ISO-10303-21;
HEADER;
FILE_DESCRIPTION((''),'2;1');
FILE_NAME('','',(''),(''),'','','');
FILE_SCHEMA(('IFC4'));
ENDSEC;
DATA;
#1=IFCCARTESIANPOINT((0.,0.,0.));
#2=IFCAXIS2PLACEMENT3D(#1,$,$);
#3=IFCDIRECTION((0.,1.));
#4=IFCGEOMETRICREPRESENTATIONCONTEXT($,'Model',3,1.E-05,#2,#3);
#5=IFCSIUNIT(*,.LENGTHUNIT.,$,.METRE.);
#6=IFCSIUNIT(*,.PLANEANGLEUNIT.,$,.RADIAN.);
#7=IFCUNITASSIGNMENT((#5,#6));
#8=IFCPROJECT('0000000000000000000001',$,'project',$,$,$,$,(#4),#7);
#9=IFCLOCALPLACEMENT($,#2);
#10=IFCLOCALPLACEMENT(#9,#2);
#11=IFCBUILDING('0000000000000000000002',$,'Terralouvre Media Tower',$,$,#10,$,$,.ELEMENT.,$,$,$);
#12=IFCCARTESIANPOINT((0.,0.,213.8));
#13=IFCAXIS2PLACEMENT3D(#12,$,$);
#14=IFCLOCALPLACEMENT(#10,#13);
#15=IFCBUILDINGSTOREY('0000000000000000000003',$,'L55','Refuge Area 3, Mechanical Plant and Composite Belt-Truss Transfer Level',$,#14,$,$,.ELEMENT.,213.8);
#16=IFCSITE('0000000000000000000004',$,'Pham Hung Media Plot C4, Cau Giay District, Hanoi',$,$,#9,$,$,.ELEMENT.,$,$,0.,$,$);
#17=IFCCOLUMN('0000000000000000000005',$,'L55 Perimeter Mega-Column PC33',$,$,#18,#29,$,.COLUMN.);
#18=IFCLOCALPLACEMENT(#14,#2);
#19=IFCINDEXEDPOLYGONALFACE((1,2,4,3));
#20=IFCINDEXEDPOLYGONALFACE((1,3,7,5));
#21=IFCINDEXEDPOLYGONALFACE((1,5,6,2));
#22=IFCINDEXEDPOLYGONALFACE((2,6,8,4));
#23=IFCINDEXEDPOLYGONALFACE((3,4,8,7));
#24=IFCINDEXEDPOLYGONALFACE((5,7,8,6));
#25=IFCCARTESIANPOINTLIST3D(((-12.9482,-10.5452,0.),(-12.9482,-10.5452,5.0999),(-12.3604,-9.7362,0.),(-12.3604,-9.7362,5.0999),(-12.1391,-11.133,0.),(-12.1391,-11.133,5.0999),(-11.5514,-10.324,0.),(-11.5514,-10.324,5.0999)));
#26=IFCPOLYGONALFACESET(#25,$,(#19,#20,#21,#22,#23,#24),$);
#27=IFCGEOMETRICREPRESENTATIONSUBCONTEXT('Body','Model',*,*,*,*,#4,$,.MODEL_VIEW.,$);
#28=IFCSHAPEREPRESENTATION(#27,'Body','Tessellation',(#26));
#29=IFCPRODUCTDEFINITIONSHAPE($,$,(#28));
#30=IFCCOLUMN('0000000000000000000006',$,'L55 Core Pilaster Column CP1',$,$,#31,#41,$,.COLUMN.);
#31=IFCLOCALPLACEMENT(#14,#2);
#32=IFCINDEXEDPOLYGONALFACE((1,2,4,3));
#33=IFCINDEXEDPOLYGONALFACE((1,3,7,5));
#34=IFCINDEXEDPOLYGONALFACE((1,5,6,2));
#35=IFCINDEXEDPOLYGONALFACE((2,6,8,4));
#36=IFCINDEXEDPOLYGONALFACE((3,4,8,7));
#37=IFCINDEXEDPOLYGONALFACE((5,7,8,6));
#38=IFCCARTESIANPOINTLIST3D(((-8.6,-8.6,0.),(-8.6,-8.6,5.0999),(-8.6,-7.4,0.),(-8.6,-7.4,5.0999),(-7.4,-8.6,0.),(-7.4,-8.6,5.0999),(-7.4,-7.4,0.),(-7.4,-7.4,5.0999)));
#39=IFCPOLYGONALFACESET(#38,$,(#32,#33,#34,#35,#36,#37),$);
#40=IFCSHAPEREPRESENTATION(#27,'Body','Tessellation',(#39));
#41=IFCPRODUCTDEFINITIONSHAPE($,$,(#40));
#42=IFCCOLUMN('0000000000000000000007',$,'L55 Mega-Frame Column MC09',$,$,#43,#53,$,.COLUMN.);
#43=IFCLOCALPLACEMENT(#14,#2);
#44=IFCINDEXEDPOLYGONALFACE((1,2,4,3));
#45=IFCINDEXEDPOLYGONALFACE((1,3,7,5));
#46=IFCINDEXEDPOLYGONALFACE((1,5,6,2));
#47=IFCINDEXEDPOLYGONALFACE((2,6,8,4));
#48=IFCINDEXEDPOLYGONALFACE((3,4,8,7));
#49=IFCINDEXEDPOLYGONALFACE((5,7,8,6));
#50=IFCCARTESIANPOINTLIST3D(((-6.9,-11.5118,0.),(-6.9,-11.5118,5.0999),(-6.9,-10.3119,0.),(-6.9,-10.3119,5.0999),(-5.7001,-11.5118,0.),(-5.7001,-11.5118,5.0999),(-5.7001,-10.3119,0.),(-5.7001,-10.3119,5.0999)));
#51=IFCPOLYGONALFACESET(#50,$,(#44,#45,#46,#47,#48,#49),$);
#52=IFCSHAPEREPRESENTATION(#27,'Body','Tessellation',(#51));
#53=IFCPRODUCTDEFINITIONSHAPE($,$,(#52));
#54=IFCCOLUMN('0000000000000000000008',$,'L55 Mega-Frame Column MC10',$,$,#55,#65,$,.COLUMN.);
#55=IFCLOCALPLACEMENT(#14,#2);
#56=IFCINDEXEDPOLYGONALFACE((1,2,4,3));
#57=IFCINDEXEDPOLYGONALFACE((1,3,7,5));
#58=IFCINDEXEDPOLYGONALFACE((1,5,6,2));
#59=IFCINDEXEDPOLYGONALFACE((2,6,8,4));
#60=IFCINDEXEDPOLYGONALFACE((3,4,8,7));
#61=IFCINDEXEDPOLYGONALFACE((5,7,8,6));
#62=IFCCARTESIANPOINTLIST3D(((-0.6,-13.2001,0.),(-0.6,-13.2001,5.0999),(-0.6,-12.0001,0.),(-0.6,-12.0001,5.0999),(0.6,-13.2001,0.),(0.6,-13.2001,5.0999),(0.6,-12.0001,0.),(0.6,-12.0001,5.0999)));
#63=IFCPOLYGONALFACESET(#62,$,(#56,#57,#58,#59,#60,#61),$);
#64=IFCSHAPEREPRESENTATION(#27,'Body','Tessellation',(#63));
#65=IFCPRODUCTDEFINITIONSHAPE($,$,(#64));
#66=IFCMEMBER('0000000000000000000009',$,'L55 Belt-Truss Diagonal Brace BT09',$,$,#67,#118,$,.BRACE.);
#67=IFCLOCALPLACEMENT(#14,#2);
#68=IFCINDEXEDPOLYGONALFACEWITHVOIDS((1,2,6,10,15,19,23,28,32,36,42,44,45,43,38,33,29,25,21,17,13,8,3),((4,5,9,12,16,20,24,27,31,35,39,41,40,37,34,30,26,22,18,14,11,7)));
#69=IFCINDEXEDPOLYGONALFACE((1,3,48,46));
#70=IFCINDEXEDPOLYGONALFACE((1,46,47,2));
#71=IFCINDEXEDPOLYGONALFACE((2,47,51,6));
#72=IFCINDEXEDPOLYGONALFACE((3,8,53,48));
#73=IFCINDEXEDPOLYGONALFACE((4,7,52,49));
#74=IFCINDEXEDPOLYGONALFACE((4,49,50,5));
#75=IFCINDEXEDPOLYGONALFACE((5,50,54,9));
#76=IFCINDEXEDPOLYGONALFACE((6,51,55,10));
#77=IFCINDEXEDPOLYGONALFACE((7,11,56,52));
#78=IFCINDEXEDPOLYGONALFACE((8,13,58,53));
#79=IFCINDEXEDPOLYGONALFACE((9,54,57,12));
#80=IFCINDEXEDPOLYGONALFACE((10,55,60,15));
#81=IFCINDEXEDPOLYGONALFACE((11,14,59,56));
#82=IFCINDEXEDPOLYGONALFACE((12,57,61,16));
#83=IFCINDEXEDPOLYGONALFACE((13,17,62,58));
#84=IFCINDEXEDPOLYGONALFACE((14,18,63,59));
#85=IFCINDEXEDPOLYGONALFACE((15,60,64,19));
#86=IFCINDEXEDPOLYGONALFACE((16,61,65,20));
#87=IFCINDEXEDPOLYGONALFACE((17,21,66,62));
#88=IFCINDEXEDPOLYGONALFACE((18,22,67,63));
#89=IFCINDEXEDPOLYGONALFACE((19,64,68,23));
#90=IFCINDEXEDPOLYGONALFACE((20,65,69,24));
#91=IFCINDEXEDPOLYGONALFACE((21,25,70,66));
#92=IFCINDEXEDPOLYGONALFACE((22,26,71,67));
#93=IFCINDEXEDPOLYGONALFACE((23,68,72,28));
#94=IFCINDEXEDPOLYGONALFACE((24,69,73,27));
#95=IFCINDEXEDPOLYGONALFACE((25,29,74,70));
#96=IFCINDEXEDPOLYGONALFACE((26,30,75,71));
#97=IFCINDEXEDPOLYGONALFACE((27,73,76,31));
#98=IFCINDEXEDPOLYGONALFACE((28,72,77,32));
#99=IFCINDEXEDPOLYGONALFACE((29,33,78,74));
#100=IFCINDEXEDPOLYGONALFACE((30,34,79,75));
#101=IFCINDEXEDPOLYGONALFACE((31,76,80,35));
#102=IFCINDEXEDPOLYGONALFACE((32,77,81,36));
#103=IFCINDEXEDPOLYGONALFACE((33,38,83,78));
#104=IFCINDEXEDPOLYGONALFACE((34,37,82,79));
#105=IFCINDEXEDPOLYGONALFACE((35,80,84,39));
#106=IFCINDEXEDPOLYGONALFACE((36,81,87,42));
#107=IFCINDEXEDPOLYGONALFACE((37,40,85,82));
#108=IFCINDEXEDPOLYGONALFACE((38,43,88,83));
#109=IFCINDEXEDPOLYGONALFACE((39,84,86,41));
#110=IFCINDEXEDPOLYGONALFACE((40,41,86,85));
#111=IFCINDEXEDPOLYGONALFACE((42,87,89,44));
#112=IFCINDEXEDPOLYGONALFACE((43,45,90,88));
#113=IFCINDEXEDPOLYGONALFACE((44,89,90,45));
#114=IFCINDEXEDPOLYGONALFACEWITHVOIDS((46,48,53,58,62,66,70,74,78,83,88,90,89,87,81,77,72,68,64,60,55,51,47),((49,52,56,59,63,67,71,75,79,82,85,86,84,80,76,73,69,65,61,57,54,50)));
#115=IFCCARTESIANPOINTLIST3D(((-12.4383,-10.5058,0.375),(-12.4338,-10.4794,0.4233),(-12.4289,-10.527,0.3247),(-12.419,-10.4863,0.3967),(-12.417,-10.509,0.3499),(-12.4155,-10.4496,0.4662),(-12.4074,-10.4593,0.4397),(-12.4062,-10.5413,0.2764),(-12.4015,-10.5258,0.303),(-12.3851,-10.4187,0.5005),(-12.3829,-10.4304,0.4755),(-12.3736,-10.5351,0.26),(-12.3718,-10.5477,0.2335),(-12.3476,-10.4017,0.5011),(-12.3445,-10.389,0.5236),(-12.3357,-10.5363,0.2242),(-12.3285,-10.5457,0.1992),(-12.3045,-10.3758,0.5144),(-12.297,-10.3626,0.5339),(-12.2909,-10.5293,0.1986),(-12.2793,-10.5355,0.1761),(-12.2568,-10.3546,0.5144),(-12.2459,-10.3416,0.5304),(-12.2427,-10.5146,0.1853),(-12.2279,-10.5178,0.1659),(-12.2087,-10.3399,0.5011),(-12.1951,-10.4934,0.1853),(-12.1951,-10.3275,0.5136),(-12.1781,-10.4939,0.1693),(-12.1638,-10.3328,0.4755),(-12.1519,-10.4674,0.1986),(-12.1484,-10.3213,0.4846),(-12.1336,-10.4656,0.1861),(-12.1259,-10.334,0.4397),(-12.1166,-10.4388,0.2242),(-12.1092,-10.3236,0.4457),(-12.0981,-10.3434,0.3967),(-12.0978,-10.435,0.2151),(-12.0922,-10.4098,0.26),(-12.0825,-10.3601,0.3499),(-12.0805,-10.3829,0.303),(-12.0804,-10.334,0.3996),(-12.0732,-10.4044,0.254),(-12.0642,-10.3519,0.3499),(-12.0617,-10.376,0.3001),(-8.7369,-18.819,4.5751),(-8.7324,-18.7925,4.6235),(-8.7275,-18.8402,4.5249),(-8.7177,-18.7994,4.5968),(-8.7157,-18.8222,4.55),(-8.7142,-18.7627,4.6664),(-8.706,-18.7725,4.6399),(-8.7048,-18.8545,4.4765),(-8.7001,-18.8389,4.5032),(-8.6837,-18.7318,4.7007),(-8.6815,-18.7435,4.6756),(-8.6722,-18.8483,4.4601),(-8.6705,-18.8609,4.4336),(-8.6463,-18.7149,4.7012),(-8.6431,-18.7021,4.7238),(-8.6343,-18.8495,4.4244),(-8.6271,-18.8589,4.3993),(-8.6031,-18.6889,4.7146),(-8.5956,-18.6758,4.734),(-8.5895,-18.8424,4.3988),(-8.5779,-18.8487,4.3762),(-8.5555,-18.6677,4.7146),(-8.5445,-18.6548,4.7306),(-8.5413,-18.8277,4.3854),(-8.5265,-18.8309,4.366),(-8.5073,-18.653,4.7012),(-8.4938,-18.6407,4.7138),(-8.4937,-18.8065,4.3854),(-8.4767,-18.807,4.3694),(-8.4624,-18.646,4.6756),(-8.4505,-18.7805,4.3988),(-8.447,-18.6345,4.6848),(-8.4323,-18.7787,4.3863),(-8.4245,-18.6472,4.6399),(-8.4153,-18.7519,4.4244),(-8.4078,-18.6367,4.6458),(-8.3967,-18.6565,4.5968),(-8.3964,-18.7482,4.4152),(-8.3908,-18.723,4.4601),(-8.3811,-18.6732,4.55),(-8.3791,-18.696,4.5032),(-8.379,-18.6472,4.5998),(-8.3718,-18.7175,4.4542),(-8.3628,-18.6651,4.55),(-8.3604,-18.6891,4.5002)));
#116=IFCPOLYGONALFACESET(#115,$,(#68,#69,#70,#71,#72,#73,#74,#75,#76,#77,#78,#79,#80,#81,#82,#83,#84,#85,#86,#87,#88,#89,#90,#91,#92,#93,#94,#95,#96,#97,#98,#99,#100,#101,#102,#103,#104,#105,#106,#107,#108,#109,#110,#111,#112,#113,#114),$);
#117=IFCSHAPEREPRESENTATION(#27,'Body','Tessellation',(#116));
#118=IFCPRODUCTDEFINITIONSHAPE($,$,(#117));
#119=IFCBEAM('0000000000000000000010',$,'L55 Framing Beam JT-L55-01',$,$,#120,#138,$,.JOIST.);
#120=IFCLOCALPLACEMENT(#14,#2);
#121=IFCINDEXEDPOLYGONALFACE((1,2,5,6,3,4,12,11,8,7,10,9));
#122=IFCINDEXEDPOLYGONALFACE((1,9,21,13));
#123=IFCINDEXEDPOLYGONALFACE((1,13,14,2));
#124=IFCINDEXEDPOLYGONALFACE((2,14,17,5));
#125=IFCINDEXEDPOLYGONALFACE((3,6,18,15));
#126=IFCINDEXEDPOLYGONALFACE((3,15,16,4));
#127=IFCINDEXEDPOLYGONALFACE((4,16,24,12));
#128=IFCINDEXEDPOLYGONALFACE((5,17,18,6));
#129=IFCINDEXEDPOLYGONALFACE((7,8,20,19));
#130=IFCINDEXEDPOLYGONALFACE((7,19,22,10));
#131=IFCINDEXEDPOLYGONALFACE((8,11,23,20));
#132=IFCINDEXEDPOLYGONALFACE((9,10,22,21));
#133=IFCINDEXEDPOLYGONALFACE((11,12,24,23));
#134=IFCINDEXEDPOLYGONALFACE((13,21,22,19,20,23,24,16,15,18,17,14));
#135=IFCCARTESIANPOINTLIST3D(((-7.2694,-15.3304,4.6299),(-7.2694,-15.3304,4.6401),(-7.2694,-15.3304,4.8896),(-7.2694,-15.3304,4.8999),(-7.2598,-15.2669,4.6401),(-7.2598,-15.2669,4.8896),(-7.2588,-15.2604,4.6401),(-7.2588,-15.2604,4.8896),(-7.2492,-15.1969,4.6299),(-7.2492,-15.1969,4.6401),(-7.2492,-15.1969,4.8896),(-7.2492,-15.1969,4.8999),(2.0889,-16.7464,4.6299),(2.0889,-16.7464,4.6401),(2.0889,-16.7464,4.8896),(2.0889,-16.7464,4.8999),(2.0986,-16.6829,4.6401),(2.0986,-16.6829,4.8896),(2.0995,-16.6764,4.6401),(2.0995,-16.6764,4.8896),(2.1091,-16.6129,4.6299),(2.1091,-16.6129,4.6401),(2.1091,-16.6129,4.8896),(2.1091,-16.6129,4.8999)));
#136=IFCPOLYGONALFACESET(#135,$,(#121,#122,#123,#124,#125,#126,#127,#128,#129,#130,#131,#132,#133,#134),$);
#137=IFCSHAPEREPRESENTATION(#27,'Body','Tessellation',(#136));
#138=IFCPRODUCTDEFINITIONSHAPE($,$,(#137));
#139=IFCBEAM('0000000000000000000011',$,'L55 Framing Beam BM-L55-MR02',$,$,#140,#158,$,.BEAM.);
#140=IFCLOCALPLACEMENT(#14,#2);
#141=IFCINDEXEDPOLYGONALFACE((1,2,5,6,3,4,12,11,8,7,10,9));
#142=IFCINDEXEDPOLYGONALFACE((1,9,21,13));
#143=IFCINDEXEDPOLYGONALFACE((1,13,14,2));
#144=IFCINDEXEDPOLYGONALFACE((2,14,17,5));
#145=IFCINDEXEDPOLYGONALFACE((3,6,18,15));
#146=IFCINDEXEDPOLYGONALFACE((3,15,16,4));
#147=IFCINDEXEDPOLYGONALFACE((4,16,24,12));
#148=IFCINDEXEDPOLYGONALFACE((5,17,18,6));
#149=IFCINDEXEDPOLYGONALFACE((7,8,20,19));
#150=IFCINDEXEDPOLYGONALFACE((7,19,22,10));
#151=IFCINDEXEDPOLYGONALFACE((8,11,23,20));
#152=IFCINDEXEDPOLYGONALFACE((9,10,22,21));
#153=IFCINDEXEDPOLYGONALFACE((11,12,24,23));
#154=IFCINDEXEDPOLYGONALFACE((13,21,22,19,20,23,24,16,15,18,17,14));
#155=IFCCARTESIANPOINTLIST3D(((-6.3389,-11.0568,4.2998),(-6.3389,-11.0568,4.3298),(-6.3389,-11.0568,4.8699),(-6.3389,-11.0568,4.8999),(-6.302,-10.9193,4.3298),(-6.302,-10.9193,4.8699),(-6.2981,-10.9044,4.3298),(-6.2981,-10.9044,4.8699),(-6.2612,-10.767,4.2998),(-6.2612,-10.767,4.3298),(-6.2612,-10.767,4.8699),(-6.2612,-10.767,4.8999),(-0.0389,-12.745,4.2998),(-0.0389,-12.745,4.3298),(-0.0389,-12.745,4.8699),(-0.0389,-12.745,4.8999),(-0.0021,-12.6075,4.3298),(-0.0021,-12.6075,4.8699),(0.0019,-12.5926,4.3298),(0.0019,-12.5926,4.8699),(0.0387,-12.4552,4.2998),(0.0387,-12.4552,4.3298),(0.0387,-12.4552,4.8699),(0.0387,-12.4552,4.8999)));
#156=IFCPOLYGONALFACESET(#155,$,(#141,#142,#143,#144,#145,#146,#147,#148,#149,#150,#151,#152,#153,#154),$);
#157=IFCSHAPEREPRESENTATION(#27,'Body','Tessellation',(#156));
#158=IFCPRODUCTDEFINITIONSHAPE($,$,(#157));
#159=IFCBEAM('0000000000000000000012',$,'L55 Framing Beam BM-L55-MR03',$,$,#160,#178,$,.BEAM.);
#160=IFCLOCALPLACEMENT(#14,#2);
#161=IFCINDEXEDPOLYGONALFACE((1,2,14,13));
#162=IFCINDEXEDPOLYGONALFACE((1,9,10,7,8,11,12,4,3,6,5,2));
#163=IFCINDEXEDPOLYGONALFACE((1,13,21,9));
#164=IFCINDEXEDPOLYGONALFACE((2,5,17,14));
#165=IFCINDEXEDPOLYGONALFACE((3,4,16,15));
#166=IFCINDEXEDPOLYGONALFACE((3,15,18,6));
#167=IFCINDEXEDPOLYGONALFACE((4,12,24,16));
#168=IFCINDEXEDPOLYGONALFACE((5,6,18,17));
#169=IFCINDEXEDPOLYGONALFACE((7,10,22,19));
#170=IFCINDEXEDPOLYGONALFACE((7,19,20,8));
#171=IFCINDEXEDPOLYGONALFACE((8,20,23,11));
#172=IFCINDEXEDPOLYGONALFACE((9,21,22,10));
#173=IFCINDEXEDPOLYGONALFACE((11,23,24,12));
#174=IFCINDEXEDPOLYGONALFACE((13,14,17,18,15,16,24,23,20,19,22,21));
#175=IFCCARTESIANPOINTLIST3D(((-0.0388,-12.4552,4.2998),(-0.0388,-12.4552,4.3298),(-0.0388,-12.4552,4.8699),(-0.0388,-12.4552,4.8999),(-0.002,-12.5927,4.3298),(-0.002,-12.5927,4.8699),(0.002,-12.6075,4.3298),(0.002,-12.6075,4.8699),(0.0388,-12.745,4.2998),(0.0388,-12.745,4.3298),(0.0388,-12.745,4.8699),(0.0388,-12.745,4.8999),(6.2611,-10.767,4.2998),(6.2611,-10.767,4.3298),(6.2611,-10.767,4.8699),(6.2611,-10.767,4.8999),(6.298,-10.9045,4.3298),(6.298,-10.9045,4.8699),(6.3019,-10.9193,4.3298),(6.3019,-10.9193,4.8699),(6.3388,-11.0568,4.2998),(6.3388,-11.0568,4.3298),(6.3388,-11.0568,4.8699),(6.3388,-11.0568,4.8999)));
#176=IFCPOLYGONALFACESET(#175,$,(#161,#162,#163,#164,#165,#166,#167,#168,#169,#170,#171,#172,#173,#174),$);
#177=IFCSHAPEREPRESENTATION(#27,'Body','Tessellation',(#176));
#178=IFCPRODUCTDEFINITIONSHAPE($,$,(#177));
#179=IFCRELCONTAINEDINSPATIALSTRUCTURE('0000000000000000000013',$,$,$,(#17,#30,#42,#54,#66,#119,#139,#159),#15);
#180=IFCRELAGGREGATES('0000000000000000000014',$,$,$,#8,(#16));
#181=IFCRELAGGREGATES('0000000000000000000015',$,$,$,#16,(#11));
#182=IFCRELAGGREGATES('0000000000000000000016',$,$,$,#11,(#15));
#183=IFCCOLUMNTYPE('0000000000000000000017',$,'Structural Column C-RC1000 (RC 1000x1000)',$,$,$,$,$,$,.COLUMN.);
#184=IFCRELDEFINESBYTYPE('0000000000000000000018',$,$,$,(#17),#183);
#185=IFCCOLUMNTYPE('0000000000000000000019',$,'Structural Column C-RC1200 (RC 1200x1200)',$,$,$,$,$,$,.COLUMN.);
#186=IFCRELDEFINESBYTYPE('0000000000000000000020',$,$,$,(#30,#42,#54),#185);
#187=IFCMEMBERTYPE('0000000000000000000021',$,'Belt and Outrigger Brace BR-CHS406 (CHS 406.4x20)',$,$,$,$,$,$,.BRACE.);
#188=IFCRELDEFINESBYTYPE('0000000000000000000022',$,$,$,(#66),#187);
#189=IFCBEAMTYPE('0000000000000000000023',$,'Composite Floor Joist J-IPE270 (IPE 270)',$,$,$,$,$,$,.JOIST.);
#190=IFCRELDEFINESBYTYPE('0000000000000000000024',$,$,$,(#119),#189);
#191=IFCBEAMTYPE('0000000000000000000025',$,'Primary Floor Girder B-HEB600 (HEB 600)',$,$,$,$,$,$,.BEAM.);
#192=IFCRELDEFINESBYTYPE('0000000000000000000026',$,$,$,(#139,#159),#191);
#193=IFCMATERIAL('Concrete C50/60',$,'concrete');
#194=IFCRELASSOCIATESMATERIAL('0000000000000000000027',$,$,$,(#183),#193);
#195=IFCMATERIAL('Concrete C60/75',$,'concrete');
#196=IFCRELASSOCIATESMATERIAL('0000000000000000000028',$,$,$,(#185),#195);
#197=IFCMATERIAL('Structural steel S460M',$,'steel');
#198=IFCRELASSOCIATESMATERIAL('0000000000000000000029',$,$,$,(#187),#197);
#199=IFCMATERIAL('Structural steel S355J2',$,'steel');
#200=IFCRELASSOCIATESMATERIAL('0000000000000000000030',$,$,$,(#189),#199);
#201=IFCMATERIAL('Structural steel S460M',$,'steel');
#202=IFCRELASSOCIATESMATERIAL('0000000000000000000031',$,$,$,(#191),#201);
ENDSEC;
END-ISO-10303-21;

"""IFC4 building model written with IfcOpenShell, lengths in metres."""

from ifc_helpers import new_model, si_unit, direction, frame, origin, origin_2d, place, context, subcontext, project, spatial, rectangle, hollow_circle, i_section, extrude, material, material_profile, profile_set, type_object, element, save


model = new_model("IFC4")

# Units and contexts
model_context = context("Model", 3, precision=1e-05, world=origin(), true_north=direction((0.0, 1.0)))
body_context = subcontext(model_context, "Body", "Model", "MODEL_VIEW")
ifc_project = project(units=[si_unit("LENGTHUNIT", "METRE"), si_unit("PLANEANGLEUNIT", "RADIAN")], contexts=[model_context])

# Site, building, storey
site_placement = place(None, origin())
site = spatial("IfcSite", under=ifc_project, at=site_placement, Name="Pham Hung Media Plot C4, Cau Giay District, Hanoi", CompositionType="ELEMENT", RefElevation=0.0)
building_placement = place(site_placement, origin())
building = spatial("IfcBuilding", under=site, at=building_placement, Name="Terralouvre Media Tower", CompositionType="ELEMENT")
storey_placement = place(building_placement, frame((0.0, 0.0, 213.8)))
storey = spatial("IfcBuildingStorey", under=building, at=storey_placement, Name="L55", Description="Refuge Area 3, Mechanical Plant and Composite Belt-Truss Transfer Level", CompositionType="ELEMENT", Elevation=213.8)

# Columns
ifc_material_1 = material(Name="Concrete C50/60", Category="concrete")
ifc_material_profile_1 = material_profile(ifc_material_1, rectangle(XDim=1.0, YDim=1.0, at=origin_2d()), Name="RC 1000x1000")
ifc_profile_set_1 = profile_set([ifc_material_profile_1], Name="Concrete C50/60")
column_type_1 = type_object("IfcColumnType", Name="Structural Column C-RC1000 (RC 1000x1000)", PredefinedType="COLUMN", material=ifc_profile_set_1)
column_placement = place(storey_placement, frame((-12.2498, -10.4346, 0.0), z_axis=(0.0, 0.0, 1.0), x_axis=(0.587785, 0.809017, 0.0)))
element("IfcColumn", 1, at=column_placement, inside=storey, type_object=column_type_1, Name="L55 Perimeter Mega-Column PC33", PredefinedType="COLUMN", context=body_context, shape_type="SweptSolid", body=[
    extrude(rectangle(XDim=1.0, YDim=1.0, at=origin_2d()), origin(), (0.0, 0.0, 1.0), 5.0999),
])
ifc_material_2 = material(Name="Concrete C60/75", Category="concrete")
ifc_material_profile_2 = material_profile(ifc_material_2, rectangle(XDim=1.2, YDim=1.2, at=origin_2d()), Name="RC 1200x1200")
ifc_profile_set_2 = profile_set([ifc_material_profile_2], Name="Concrete C60/75")
column_type_2 = type_object("IfcColumnType", Name="Structural Column C-RC1200 (RC 1200x1200)", PredefinedType="COLUMN", material=ifc_profile_set_2)
for number, where, z_axis, x_axis, name in (
    (2, (-8.0, -8.0, 0.0), (0.0, 0.0, 1.0), (1.0, 0.0, 0.0), "L55 Core Pilaster Column CP1"),
    (3, (-6.3, -10.9119, 0.0), (0.0, 0.0, 1.0), (1.0, 0.0, 0.0), "L55 Mega-Frame Column MC09"),
    (4, (0.0, -12.6001, 0.0), (0.0, 0.0, 1.0), (1.0, 0.0, 0.0), "L55 Mega-Frame Column MC10"),
):
    element("IfcColumn", number, at=place(storey_placement, frame(where, z_axis=z_axis, x_axis=x_axis)), inside=storey, type_object=column_type_2, Name=name, PredefinedType="COLUMN", context=body_context, shape_type="SweptSolid", body=[
        extrude(rectangle(XDim=1.2, YDim=1.2, at=origin_2d()), origin(), (0.0, 0.0, 1.0), 5.0999),
    ])

# Member
ifc_material_3 = material(Name="Structural steel S460M", Category="steel")
ifc_material_profile_3 = material_profile(ifc_material_3, hollow_circle(Radius=0.2031, WallThickness=0.02, at=origin_2d()), Name="CHS 406.4x20")
ifc_profile_set_3 = profile_set([ifc_material_profile_3], Name="Structural steel S460M")
member_type_1 = type_object("IfcMemberType", Name="Belt and Outrigger Brace BR-CHS406 (CHS 406.4x20)", PredefinedType="BRACE", material=ifc_profile_set_3)
member_1_placement = place(storey_placement, frame((-12.2498, -10.4346, 0.3499), z_axis=(0.369308, -0.829451, 0.419074), x_axis=(0.91354, 0.406748, 0.0)))
element("IfcMember", 5, at=member_1_placement, inside=storey, type_object=member_type_1, Name="L55 Belt-Truss Diagonal Brace BT09", PredefinedType="BRACE", context=body_context, shape_type="SweptSolid", body=[
    extrude(hollow_circle(Radius=0.2031, WallThickness=0.02, at=origin_2d()), origin(), (0.0, 0.0, 1.0), 10.0225),
])

# Beams
ifc_material_4 = material(Name="Structural steel S355J2", Category="steel")
ifc_material_profile_4 = material_profile(ifc_material_4, i_section(OverallWidth=0.135, OverallDepth=0.27, WebThickness=0.0066, FlangeThickness=0.0103, at=origin_2d()), Name="IPE 270")
ifc_profile_set_4 = profile_set([ifc_material_profile_4], Name="Structural steel S355J2")
beam_type_1 = type_object("IfcBeamType", Name="Composite Floor Joist J-IPE270 (IPE 270)", PredefinedType="JOIST", material=ifc_profile_set_4)
beam_1_placement = place(storey_placement, frame((-7.2593, -15.2637, 4.7649), z_axis=(0.988746, -0.149607, 0.0), x_axis=(0.149607, 0.988746, 0.0)))
element("IfcBeam", 6, at=beam_1_placement, inside=storey, type_object=beam_type_1, Name="L55 Framing Beam JT-L55-01", PredefinedType="JOIST", context=body_context, shape_type="SweptSolid", body=[
    extrude(i_section(OverallWidth=0.135, OverallDepth=0.27, WebThickness=0.0066, FlangeThickness=0.0103, at=origin_2d()), origin(), (0.0, 0.0, 1.0), 9.4648),
])
ifc_material_5 = material(Name="Structural steel S460M", Category="steel")
ifc_material_profile_5 = material_profile(ifc_material_5, i_section(OverallWidth=0.3, OverallDepth=0.6001, WebThickness=0.0154, FlangeThickness=0.03, at=origin_2d()), Name="HEB 600")
ifc_profile_set_5 = profile_set([ifc_material_profile_5], Name="Structural steel S460M")
beam_type_2 = type_object("IfcBeamType", Name="Primary Floor Girder B-HEB600 (HEB 600)", PredefinedType="BEAM", material=ifc_profile_set_5)
for number, where, z_axis, x_axis, name in (
    (7, (-6.3, -10.9119, 4.5999), (0.96592, -0.258839, 0.0), (0.258839, 0.96592, 0.0), "L55 Framing Beam BM-L55-MR02"),
    (8, (0.0, -12.6001, 4.5999), (0.96592, 0.258839, 0.0), (-0.258839, 0.96592, 0.0), "L55 Framing Beam BM-L55-MR03"),
):
    element("IfcBeam", number, at=place(storey_placement, frame(where, z_axis=z_axis, x_axis=x_axis)), inside=storey, type_object=beam_type_2, Name=name, PredefinedType="BEAM", context=body_context, shape_type="SweptSolid", body=[
        extrude(i_section(OverallWidth=0.3, OverallDepth=0.6001, WebThickness=0.0154, FlangeThickness=0.03, at=origin_2d()), origin(), (0.0, 0.0, 1.0), 6.5222),
    ])

save(model, "model.ifc")
